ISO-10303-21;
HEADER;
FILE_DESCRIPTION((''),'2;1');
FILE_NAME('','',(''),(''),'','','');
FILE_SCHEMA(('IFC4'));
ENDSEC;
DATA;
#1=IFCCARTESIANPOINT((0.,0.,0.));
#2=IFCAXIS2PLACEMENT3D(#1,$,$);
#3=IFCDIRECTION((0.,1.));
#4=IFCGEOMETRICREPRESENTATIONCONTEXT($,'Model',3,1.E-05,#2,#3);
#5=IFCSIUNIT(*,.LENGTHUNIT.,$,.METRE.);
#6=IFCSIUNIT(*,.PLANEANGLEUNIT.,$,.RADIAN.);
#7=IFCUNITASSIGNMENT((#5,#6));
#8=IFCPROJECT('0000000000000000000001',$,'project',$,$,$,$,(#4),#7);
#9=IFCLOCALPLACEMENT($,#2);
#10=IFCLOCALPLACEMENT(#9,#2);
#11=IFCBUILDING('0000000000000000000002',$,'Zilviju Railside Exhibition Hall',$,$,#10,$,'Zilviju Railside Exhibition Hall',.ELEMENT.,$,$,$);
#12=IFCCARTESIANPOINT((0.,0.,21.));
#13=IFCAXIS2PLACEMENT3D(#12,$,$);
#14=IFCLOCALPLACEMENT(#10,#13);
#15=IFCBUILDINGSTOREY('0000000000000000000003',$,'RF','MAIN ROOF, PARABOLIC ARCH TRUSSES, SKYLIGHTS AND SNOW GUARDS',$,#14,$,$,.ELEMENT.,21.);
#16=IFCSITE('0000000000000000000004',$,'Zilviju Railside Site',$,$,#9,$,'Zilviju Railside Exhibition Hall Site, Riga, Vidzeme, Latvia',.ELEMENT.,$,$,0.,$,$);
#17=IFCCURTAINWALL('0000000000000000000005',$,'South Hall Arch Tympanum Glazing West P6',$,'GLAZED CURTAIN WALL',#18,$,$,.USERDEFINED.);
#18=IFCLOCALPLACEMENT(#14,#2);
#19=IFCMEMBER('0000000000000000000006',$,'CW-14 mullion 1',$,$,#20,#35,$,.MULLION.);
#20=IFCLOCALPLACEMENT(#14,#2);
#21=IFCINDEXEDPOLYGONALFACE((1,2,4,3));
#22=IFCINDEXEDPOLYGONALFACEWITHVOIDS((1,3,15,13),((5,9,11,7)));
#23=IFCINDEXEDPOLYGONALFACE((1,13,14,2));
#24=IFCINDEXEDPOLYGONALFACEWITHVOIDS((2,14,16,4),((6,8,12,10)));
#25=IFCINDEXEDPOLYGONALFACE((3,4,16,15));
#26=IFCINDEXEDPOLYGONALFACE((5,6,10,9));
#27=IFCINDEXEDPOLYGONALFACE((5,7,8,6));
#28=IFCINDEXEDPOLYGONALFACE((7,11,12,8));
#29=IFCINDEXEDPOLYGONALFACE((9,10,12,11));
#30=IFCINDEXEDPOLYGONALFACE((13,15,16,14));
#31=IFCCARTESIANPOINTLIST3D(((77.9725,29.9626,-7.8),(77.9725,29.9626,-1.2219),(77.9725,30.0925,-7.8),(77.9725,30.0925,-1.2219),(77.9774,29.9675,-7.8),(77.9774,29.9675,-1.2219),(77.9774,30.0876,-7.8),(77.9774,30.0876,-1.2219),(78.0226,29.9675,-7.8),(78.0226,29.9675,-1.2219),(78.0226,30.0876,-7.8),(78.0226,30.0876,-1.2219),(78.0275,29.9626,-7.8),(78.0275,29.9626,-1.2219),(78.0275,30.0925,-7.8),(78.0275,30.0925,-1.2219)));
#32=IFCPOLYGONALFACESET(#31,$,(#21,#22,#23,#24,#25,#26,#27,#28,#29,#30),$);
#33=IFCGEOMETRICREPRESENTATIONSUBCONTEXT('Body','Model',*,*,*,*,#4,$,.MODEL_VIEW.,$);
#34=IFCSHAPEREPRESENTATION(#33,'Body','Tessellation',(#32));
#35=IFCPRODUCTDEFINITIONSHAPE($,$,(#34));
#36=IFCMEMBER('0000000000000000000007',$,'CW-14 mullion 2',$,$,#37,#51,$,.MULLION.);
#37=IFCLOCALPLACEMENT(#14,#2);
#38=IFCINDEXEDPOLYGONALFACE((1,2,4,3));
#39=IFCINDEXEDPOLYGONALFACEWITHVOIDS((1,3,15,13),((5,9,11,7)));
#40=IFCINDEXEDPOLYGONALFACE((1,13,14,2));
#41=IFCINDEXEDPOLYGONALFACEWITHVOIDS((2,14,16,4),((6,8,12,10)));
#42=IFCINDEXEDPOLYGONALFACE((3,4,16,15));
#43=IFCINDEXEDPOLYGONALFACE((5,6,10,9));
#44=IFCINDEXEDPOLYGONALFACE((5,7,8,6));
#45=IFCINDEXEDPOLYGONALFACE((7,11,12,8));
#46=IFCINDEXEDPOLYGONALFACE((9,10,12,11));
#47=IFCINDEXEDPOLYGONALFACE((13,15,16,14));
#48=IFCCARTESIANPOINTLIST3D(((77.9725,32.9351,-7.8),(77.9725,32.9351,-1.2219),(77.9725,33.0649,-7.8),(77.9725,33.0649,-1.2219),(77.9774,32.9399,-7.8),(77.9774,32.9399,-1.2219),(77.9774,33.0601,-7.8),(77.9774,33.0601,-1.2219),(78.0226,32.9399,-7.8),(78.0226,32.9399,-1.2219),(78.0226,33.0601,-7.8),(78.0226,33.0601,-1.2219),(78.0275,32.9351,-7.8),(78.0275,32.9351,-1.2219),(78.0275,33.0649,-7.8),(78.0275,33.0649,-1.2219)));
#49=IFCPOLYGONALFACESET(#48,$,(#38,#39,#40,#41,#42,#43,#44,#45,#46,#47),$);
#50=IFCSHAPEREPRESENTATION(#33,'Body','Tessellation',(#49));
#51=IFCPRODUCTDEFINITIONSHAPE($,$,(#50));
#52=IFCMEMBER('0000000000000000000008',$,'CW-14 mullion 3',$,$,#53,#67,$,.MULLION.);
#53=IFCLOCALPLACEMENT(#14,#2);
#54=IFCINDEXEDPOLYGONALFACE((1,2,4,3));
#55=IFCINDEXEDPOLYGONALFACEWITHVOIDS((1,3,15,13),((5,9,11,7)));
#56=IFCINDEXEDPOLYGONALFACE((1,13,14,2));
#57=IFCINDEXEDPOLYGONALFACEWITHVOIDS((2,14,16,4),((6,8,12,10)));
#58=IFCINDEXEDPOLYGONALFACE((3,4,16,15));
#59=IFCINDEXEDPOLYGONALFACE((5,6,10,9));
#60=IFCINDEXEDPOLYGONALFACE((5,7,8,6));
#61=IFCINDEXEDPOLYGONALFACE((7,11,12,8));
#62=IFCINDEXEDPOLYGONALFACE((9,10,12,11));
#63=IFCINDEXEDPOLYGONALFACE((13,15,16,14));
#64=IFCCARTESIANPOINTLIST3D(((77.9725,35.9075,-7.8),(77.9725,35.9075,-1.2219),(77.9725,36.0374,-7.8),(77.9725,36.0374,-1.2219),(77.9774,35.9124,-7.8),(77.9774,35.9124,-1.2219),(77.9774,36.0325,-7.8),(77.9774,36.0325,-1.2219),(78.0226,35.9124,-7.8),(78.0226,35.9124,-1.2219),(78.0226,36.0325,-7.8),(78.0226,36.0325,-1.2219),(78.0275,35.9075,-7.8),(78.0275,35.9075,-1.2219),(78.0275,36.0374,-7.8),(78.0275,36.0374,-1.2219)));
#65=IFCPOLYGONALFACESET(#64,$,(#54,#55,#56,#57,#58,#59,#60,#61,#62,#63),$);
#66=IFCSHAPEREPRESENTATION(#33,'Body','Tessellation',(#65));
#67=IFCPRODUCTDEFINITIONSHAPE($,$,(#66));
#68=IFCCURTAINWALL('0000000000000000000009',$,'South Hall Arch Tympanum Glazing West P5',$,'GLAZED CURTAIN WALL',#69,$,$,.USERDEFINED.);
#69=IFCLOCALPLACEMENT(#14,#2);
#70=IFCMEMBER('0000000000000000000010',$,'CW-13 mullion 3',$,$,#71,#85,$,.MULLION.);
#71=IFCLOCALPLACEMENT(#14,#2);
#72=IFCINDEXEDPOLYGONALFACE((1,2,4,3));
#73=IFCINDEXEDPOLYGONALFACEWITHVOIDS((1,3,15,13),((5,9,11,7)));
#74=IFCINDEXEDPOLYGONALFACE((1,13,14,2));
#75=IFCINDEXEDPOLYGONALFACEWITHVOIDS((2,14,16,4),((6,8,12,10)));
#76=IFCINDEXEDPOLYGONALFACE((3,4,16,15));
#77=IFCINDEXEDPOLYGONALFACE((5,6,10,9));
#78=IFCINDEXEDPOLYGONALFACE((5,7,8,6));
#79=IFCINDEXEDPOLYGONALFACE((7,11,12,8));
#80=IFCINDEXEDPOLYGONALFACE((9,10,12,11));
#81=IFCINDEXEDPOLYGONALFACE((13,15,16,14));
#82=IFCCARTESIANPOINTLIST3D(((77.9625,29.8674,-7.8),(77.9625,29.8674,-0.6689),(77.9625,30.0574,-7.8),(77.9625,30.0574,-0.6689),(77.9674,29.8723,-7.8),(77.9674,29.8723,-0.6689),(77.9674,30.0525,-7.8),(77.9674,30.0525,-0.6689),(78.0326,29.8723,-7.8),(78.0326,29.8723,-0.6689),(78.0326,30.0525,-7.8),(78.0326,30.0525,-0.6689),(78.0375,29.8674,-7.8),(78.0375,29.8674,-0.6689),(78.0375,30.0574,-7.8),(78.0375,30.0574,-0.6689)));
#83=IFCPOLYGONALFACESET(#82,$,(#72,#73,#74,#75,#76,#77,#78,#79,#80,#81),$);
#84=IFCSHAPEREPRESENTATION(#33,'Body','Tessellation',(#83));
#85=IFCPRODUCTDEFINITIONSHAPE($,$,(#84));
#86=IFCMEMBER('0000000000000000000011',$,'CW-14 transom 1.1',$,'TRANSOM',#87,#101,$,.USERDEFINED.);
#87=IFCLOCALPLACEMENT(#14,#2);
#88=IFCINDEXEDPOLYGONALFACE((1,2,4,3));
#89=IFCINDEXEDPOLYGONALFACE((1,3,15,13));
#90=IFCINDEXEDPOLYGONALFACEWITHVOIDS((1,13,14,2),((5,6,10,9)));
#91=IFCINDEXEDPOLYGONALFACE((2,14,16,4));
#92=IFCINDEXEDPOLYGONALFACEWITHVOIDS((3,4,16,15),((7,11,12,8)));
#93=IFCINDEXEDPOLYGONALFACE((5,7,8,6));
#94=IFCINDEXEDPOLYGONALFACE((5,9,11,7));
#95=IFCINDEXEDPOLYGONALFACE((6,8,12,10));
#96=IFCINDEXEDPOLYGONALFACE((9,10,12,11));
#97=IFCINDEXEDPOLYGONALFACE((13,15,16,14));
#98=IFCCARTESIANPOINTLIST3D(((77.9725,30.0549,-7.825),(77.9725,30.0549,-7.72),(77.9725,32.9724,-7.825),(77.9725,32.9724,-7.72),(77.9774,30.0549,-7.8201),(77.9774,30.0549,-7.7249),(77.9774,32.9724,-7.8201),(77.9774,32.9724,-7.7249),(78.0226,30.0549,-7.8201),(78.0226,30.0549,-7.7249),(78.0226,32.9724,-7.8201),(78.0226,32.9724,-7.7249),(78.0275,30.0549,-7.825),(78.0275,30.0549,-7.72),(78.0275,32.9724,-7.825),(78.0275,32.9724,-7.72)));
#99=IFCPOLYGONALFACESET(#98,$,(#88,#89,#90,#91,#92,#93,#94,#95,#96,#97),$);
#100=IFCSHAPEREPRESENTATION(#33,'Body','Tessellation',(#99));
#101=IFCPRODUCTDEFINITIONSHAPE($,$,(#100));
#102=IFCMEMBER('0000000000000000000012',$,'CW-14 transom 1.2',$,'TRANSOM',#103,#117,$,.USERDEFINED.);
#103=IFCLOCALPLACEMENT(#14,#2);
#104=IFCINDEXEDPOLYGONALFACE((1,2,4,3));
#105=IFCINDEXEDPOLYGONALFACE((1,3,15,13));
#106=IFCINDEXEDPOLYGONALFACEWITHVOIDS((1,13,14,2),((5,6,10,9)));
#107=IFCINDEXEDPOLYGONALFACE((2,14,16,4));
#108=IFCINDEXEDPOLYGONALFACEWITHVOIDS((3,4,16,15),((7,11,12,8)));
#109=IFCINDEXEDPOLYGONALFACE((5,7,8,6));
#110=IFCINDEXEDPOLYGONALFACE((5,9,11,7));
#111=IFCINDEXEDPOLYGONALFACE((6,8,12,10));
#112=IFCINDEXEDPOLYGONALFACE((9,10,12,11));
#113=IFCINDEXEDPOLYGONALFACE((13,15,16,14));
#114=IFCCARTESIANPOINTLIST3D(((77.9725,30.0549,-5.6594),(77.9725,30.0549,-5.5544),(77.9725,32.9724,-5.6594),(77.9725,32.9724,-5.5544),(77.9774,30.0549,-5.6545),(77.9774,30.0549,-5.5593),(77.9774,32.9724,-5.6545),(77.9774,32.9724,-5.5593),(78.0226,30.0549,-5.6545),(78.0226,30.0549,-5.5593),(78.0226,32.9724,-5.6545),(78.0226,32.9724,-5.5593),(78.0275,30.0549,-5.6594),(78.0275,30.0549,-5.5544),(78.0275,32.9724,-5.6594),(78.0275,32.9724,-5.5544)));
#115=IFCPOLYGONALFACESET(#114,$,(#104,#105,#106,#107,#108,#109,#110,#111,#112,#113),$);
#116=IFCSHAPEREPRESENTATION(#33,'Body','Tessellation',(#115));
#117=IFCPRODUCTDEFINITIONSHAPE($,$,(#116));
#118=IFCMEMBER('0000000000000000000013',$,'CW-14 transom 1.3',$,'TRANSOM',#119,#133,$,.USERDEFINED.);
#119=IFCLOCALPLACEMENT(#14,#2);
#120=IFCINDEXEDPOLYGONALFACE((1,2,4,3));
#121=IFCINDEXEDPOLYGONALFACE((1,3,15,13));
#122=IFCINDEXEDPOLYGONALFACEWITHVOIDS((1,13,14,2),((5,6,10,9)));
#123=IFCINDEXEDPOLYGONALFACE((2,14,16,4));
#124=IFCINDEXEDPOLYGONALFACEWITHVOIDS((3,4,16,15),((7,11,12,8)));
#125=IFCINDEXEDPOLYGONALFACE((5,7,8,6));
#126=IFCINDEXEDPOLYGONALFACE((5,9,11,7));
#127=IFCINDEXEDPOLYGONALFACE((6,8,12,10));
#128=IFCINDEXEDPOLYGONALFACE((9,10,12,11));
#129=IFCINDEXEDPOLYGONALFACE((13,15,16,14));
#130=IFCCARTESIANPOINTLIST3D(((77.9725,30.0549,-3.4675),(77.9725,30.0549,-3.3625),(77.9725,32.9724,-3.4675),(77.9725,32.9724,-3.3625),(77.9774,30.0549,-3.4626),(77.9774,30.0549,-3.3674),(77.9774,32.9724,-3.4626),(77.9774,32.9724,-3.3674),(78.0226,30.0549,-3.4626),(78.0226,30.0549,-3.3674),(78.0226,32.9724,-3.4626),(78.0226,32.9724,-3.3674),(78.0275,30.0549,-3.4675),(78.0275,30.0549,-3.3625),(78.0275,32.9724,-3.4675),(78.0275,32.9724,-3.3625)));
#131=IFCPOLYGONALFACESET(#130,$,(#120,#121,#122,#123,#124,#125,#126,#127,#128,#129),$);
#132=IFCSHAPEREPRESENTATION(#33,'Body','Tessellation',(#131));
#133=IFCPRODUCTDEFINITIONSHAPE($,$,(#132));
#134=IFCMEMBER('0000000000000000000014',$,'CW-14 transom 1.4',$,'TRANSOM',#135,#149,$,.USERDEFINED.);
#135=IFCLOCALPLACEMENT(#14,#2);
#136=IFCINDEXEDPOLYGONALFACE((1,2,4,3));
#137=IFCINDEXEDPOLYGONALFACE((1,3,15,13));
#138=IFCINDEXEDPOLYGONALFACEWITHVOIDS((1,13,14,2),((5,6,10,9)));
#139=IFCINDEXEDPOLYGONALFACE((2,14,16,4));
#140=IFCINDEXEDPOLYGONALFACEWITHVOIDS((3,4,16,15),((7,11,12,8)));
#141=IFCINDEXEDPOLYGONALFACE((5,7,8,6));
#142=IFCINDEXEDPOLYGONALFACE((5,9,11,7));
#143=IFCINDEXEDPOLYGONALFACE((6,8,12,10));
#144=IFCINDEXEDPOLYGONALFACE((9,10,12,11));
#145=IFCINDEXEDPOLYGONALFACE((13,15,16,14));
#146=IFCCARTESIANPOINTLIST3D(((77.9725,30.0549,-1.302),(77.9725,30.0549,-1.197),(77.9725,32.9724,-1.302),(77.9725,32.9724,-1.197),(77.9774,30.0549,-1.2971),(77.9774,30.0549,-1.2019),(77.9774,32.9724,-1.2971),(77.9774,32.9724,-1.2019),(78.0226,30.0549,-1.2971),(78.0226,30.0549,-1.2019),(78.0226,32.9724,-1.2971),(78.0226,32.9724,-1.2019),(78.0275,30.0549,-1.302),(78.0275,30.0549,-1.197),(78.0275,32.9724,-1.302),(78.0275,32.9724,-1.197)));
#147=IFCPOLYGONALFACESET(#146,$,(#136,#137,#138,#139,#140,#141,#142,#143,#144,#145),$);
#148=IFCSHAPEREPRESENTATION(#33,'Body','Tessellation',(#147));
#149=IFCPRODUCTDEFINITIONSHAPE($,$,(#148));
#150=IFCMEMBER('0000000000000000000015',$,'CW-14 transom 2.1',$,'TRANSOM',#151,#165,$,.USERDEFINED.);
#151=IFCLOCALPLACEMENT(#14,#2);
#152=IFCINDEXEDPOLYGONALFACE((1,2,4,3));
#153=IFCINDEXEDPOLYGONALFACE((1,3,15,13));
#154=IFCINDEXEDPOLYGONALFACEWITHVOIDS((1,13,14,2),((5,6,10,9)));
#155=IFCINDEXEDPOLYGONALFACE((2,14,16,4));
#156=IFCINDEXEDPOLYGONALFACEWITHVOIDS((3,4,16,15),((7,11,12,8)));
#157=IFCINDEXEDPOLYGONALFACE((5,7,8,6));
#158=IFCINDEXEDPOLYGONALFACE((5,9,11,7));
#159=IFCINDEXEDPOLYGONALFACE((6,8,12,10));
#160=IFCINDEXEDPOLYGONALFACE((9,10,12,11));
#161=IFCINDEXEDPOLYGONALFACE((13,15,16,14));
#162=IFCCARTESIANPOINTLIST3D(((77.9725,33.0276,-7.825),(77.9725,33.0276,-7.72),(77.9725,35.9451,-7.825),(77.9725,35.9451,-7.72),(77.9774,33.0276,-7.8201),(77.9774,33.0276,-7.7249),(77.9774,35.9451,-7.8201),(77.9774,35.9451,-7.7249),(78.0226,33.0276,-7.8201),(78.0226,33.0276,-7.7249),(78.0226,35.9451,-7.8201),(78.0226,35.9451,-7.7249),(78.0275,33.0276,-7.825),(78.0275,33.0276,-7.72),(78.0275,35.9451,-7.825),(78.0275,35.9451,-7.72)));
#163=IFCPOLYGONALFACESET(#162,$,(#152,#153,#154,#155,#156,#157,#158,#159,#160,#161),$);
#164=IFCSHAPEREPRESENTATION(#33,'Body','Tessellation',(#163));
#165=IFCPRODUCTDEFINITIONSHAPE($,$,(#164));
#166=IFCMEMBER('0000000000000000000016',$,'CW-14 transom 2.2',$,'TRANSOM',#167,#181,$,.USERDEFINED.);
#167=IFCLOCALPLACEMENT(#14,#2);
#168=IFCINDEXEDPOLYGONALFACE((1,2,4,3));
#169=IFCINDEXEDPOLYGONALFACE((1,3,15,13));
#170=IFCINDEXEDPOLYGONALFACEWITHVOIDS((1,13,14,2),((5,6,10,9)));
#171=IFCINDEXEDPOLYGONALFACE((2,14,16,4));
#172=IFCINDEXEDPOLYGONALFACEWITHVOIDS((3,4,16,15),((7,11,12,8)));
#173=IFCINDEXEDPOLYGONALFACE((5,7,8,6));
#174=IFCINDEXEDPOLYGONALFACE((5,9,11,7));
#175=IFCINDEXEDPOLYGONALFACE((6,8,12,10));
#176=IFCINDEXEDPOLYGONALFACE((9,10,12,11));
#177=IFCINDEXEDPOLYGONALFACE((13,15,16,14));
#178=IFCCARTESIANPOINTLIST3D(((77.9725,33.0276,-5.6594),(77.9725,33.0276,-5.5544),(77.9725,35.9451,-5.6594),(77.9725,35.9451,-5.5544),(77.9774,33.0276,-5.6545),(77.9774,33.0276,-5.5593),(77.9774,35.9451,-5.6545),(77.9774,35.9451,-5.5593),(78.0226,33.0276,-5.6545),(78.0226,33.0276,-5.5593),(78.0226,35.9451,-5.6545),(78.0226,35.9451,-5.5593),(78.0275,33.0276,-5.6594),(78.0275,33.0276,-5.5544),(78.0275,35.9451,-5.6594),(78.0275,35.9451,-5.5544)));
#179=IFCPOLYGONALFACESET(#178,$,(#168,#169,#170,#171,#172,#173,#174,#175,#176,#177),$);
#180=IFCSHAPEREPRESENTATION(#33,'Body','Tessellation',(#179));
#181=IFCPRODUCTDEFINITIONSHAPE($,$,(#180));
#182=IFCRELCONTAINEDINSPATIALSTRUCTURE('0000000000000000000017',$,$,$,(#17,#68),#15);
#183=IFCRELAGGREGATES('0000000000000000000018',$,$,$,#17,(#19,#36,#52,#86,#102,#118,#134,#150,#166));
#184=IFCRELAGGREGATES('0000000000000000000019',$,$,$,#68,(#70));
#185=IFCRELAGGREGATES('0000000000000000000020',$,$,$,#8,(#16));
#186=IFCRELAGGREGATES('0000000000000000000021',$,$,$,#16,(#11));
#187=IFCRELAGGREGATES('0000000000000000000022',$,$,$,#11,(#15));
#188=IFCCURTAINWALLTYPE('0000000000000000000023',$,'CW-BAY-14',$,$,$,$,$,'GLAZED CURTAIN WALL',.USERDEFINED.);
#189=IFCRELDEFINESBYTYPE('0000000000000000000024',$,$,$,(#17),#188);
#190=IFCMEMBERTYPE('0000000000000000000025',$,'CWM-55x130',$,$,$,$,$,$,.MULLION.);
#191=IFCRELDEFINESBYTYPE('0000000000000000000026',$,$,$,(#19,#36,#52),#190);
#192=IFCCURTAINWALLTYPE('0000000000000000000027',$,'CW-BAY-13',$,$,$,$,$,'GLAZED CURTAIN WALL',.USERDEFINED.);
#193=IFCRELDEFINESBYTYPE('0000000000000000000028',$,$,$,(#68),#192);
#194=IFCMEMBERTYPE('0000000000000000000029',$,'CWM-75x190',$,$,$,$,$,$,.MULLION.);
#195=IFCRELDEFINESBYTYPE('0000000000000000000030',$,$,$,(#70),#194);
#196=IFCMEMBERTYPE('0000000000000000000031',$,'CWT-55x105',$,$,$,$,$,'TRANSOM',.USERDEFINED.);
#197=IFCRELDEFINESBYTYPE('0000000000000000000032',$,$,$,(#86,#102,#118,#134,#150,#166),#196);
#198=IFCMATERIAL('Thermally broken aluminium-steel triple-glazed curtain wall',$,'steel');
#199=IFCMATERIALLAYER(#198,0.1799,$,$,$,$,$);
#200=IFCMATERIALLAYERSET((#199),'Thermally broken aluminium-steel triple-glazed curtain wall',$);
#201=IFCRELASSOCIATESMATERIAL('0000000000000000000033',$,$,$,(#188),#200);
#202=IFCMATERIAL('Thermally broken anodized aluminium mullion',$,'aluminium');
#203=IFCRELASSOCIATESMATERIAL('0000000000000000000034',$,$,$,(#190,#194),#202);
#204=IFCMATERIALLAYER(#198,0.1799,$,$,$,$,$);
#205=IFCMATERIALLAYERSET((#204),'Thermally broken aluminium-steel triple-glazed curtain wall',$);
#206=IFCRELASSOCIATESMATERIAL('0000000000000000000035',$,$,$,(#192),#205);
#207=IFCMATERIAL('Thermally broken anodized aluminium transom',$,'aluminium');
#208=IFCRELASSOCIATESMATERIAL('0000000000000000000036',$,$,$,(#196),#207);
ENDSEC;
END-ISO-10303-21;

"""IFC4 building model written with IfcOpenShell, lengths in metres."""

from ifc_helpers import new_model, si_unit, direction, frame, origin, origin_2d, place, context, subcontext, project, spatial, hollow_rectangle, extrude, material, layer, layer_set, material_profile, profile_set, type_object, element, aggregate, save


model = new_model("IFC4")

# Units and contexts
model_context = context("Model", 3, precision=1e-05, world=origin(), true_north=direction((0.0, 1.0)))
body_context = subcontext(model_context, "Body", "Model", "MODEL_VIEW")
ifc_project = project(units=[si_unit("LENGTHUNIT", "METRE"), si_unit("PLANEANGLEUNIT", "RADIAN")], contexts=[model_context])

# Site, building, storey
site_placement = place(None, origin())
site = spatial("IfcSite", under=ifc_project, at=site_placement, Name="Zilviju Railside Site", LongName="Zilviju Railside Exhibition Hall Site, Riga, Vidzeme, Latvia", CompositionType="ELEMENT", RefElevation=0.0)
building_placement = place(site_placement, origin())
building = spatial("IfcBuilding", under=site, at=building_placement, Name="Zilviju Railside Exhibition Hall", LongName="Zilviju Railside Exhibition Hall", CompositionType="ELEMENT")
storey_placement = place(building_placement, frame((0.0, 0.0, 21.0)))
storey = spatial("IfcBuildingStorey", under=building, at=storey_placement, Name="RF", Description="MAIN ROOF, PARABOLIC ARCH TRUSSES, SKYLIGHTS AND SNOW GUARDS", CompositionType="ELEMENT", Elevation=21.0)

# Curtain wall, members
ifc_material_1 = material(Name="Thermally broken aluminium-steel triple-glazed curtain wall", Category="steel")
ifc_layer_1 = layer(ifc_material_1, 0.1799)
ifc_layer_set_1 = layer_set([ifc_layer_1], Name="Thermally broken aluminium-steel triple-glazed curtain wall")
curtain_wall_type_1 = type_object("IfcCurtainWallType", Name="CW-BAY-14", ElementType="GLAZED CURTAIN WALL", PredefinedType="USERDEFINED", material=ifc_layer_set_1)
curtain_wall_1_placement = place(storey_placement, origin())
curtain_wall_1 = element("IfcCurtainWall", 1, at=curtain_wall_1_placement, inside=storey, type_object=curtain_wall_type_1, Name="South Hall Arch Tympanum Glazing West P6", ObjectType="GLAZED CURTAIN WALL", PredefinedType="USERDEFINED")
ifc_material_2 = material(Name="Thermally broken anodized aluminium mullion", Category="aluminium")
ifc_material_profile_1 = material_profile(ifc_material_2, hollow_rectangle(XDim=0.0549, YDim=0.1299, WallThickness=0.0049, at=origin_2d()), Name="MULLION 130x55x5")
ifc_profile_set_1 = profile_set([ifc_material_profile_1], Name="Thermally broken anodized aluminium mullion")
member_type_1 = type_object("IfcMemberType", Name="CWM-55x130", PredefinedType="MULLION", material=ifc_profile_set_1)
member_1_placement = place(storey_placement, frame((78.0, 30.0276, -7.8), z_axis=(0.0, 0.0, 1.0), x_axis=(-1.0, 0.0, 0.0)))
member_1 = element("IfcMember", 2, at=member_1_placement, type_object=member_type_1, Name="CW-14 mullion 1", PredefinedType="MULLION", context=body_context, shape_type="SweptSolid", body=[
    extrude(hollow_rectangle(XDim=0.0549, YDim=0.1299, WallThickness=0.0049, at=origin_2d()), origin(), (0.0, 0.0, 1.0), 6.5781),
])
member_2_placement = place(storey_placement, frame((78.0, 33.0, -7.8), z_axis=(0.0, 0.0, 1.0), x_axis=(-1.0, 0.0, 0.0)))
member_2 = element("IfcMember", 3, at=member_2_placement, type_object=member_type_1, Name="CW-14 mullion 2", PredefinedType="MULLION", context=body_context, shape_type="SweptSolid", body=[
    extrude(hollow_rectangle(XDim=0.0549, YDim=0.1299, WallThickness=0.0049, at=origin_2d()), origin(), (0.0, 0.0, 1.0), 6.5781),
])
member_3_placement = place(storey_placement, frame((78.0, 35.9724, -7.8), z_axis=(0.0, 0.0, 1.0), x_axis=(-1.0, 0.0, 0.0)))
member_3 = element("IfcMember", 4, at=member_3_placement, type_object=member_type_1, Name="CW-14 mullion 3", PredefinedType="MULLION", context=body_context, shape_type="SweptSolid", body=[
    extrude(hollow_rectangle(XDim=0.0549, YDim=0.1299, WallThickness=0.0049, at=origin_2d()), origin(), (0.0, 0.0, 1.0), 6.5781),
])

# Curtain wall, member
ifc_layer_2 = layer(ifc_material_1, 0.1799)
ifc_layer_set_2 = layer_set([ifc_layer_2], Name="Thermally broken aluminium-steel triple-glazed curtain wall")
curtain_wall_type_2 = type_object("IfcCurtainWallType", Name="CW-BAY-13", ElementType="GLAZED CURTAIN WALL", PredefinedType="USERDEFINED", material=ifc_layer_set_2)
curtain_wall_2_placement = place(storey_placement, origin())
curtain_wall_2 = element("IfcCurtainWall", 5, at=curtain_wall_2_placement, inside=storey, type_object=curtain_wall_type_2, Name="South Hall Arch Tympanum Glazing West P5", ObjectType="GLAZED CURTAIN WALL", PredefinedType="USERDEFINED")
ifc_material_profile_2 = material_profile(ifc_material_2, hollow_rectangle(XDim=0.075, YDim=0.1899, WallThickness=0.0049, at=origin_2d()), Name="MULLION 190x75x5")
ifc_profile_set_2 = profile_set([ifc_material_profile_2], Name="Thermally broken anodized aluminium mullion")
member_type_2 = type_object("IfcMemberType", Name="CWM-75x190", PredefinedType="MULLION", material=ifc_profile_set_2)
member_4_placement = place(storey_placement, frame((78.0, 29.9624, -7.8), z_axis=(0.0, 0.0, 1.0), x_axis=(-1.0, 0.0, 0.0)))
member_4 = element("IfcMember", 6, at=member_4_placement, type_object=member_type_2, Name="CW-13 mullion 3", PredefinedType="MULLION", context=body_context, shape_type="SweptSolid", body=[
    extrude(hollow_rectangle(XDim=0.075, YDim=0.1899, WallThickness=0.0049, at=origin_2d()), origin(), (0.0, 0.0, 1.0), 7.1311),
])

# Members
ifc_material_3 = material(Name="Thermally broken anodized aluminium transom", Category="aluminium")
ifc_material_profile_3 = material_profile(ifc_material_3, hollow_rectangle(XDim=0.0549, YDim=0.105, WallThickness=0.0049, at=origin_2d()), Name="TRANSOM 105x55x5")
ifc_profile_set_3 = profile_set([ifc_material_profile_3], Name="Thermally broken anodized aluminium transom")
member_type_3 = type_object("IfcMemberType", Name="CWT-55x105", ElementType="TRANSOM", PredefinedType="USERDEFINED", material=ifc_profile_set_3)
member_5_placement = place(storey_placement, frame((78.0, 30.0549, -7.7725), z_axis=(0.0, 1.0, 0.0), x_axis=(-1.0, 0.0, 0.0)))
member_5 = element("IfcMember", 7, at=member_5_placement, type_object=member_type_3, Name="CW-14 transom 1.1", ObjectType="TRANSOM", PredefinedType="USERDEFINED", context=body_context, shape_type="SweptSolid", body=[
    extrude(hollow_rectangle(XDim=0.0549, YDim=0.105, WallThickness=0.0049, at=origin_2d()), origin(), (0.0, 0.0, 1.0), 2.9175),
])
member_6_placement = place(storey_placement, frame((78.0, 30.0549, -5.6069), z_axis=(0.0, 1.0, 0.0), x_axis=(-1.0, 0.0, 0.0)))
member_6 = element("IfcMember", 8, at=member_6_placement, type_object=member_type_3, Name="CW-14 transom 1.2", ObjectType="TRANSOM", PredefinedType="USERDEFINED", context=body_context, shape_type="SweptSolid", body=[
    extrude(hollow_rectangle(XDim=0.0549, YDim=0.105, WallThickness=0.0049, at=origin_2d()), origin(), (0.0, 0.0, 1.0), 2.9175),
])
member_7_placement = place(storey_placement, frame((78.0, 30.0549, -3.415), z_axis=(0.0, 1.0, 0.0), x_axis=(-1.0, 0.0, 0.0)))
member_7 = element("IfcMember", 9, at=member_7_placement, type_object=member_type_3, Name="CW-14 transom 1.3", ObjectType="TRANSOM", PredefinedType="USERDEFINED", context=body_context, shape_type="SweptSolid", body=[
    extrude(hollow_rectangle(XDim=0.0549, YDim=0.105, WallThickness=0.0049, at=origin_2d()), origin(), (0.0, 0.0, 1.0), 2.9175),
])
member_8_placement = place(storey_placement, frame((78.0, 30.0549, -1.2495), z_axis=(0.0, 1.0, 0.0), x_axis=(-1.0, 0.0, 0.0)))
member_8 = element("IfcMember", 10, at=member_8_placement, type_object=member_type_3, Name="CW-14 transom 1.4", ObjectType="TRANSOM", PredefinedType="USERDEFINED", context=body_context, shape_type="SweptSolid", body=[
    extrude(hollow_rectangle(XDim=0.0549, YDim=0.105, WallThickness=0.0049, at=origin_2d()), origin(), (0.0, 0.0, 1.0), 2.9175),
])
member_9_placement = place(storey_placement, frame((78.0, 33.0276, -7.7725), z_axis=(0.0, 1.0, 0.0), x_axis=(-1.0, 0.0, 0.0)))
member_9 = element("IfcMember", 11, at=member_9_placement, type_object=member_type_3, Name="CW-14 transom 2.1", ObjectType="TRANSOM", PredefinedType="USERDEFINED", context=body_context, shape_type="SweptSolid", body=[
    extrude(hollow_rectangle(XDim=0.0549, YDim=0.105, WallThickness=0.0049, at=origin_2d()), origin(), (0.0, 0.0, 1.0), 2.9175),
])
member_10_placement = place(storey_placement, frame((78.0, 33.0276, -5.6069), z_axis=(0.0, 1.0, 0.0), x_axis=(-1.0, 0.0, 0.0)))
member_10 = element("IfcMember", 12, at=member_10_placement, type_object=member_type_3, Name="CW-14 transom 2.2", ObjectType="TRANSOM", PredefinedType="USERDEFINED", context=body_context, shape_type="SweptSolid", body=[
    extrude(hollow_rectangle(XDim=0.0549, YDim=0.105, WallThickness=0.0049, at=origin_2d()), origin(), (0.0, 0.0, 1.0), 2.9175),
])

aggregate(curtain_wall_1, [member_1, member_2, member_3, member_5, member_6, member_7, member_8, member_9, member_10])
aggregate(curtain_wall_2, [member_4])

save(model, "model.ifc")
